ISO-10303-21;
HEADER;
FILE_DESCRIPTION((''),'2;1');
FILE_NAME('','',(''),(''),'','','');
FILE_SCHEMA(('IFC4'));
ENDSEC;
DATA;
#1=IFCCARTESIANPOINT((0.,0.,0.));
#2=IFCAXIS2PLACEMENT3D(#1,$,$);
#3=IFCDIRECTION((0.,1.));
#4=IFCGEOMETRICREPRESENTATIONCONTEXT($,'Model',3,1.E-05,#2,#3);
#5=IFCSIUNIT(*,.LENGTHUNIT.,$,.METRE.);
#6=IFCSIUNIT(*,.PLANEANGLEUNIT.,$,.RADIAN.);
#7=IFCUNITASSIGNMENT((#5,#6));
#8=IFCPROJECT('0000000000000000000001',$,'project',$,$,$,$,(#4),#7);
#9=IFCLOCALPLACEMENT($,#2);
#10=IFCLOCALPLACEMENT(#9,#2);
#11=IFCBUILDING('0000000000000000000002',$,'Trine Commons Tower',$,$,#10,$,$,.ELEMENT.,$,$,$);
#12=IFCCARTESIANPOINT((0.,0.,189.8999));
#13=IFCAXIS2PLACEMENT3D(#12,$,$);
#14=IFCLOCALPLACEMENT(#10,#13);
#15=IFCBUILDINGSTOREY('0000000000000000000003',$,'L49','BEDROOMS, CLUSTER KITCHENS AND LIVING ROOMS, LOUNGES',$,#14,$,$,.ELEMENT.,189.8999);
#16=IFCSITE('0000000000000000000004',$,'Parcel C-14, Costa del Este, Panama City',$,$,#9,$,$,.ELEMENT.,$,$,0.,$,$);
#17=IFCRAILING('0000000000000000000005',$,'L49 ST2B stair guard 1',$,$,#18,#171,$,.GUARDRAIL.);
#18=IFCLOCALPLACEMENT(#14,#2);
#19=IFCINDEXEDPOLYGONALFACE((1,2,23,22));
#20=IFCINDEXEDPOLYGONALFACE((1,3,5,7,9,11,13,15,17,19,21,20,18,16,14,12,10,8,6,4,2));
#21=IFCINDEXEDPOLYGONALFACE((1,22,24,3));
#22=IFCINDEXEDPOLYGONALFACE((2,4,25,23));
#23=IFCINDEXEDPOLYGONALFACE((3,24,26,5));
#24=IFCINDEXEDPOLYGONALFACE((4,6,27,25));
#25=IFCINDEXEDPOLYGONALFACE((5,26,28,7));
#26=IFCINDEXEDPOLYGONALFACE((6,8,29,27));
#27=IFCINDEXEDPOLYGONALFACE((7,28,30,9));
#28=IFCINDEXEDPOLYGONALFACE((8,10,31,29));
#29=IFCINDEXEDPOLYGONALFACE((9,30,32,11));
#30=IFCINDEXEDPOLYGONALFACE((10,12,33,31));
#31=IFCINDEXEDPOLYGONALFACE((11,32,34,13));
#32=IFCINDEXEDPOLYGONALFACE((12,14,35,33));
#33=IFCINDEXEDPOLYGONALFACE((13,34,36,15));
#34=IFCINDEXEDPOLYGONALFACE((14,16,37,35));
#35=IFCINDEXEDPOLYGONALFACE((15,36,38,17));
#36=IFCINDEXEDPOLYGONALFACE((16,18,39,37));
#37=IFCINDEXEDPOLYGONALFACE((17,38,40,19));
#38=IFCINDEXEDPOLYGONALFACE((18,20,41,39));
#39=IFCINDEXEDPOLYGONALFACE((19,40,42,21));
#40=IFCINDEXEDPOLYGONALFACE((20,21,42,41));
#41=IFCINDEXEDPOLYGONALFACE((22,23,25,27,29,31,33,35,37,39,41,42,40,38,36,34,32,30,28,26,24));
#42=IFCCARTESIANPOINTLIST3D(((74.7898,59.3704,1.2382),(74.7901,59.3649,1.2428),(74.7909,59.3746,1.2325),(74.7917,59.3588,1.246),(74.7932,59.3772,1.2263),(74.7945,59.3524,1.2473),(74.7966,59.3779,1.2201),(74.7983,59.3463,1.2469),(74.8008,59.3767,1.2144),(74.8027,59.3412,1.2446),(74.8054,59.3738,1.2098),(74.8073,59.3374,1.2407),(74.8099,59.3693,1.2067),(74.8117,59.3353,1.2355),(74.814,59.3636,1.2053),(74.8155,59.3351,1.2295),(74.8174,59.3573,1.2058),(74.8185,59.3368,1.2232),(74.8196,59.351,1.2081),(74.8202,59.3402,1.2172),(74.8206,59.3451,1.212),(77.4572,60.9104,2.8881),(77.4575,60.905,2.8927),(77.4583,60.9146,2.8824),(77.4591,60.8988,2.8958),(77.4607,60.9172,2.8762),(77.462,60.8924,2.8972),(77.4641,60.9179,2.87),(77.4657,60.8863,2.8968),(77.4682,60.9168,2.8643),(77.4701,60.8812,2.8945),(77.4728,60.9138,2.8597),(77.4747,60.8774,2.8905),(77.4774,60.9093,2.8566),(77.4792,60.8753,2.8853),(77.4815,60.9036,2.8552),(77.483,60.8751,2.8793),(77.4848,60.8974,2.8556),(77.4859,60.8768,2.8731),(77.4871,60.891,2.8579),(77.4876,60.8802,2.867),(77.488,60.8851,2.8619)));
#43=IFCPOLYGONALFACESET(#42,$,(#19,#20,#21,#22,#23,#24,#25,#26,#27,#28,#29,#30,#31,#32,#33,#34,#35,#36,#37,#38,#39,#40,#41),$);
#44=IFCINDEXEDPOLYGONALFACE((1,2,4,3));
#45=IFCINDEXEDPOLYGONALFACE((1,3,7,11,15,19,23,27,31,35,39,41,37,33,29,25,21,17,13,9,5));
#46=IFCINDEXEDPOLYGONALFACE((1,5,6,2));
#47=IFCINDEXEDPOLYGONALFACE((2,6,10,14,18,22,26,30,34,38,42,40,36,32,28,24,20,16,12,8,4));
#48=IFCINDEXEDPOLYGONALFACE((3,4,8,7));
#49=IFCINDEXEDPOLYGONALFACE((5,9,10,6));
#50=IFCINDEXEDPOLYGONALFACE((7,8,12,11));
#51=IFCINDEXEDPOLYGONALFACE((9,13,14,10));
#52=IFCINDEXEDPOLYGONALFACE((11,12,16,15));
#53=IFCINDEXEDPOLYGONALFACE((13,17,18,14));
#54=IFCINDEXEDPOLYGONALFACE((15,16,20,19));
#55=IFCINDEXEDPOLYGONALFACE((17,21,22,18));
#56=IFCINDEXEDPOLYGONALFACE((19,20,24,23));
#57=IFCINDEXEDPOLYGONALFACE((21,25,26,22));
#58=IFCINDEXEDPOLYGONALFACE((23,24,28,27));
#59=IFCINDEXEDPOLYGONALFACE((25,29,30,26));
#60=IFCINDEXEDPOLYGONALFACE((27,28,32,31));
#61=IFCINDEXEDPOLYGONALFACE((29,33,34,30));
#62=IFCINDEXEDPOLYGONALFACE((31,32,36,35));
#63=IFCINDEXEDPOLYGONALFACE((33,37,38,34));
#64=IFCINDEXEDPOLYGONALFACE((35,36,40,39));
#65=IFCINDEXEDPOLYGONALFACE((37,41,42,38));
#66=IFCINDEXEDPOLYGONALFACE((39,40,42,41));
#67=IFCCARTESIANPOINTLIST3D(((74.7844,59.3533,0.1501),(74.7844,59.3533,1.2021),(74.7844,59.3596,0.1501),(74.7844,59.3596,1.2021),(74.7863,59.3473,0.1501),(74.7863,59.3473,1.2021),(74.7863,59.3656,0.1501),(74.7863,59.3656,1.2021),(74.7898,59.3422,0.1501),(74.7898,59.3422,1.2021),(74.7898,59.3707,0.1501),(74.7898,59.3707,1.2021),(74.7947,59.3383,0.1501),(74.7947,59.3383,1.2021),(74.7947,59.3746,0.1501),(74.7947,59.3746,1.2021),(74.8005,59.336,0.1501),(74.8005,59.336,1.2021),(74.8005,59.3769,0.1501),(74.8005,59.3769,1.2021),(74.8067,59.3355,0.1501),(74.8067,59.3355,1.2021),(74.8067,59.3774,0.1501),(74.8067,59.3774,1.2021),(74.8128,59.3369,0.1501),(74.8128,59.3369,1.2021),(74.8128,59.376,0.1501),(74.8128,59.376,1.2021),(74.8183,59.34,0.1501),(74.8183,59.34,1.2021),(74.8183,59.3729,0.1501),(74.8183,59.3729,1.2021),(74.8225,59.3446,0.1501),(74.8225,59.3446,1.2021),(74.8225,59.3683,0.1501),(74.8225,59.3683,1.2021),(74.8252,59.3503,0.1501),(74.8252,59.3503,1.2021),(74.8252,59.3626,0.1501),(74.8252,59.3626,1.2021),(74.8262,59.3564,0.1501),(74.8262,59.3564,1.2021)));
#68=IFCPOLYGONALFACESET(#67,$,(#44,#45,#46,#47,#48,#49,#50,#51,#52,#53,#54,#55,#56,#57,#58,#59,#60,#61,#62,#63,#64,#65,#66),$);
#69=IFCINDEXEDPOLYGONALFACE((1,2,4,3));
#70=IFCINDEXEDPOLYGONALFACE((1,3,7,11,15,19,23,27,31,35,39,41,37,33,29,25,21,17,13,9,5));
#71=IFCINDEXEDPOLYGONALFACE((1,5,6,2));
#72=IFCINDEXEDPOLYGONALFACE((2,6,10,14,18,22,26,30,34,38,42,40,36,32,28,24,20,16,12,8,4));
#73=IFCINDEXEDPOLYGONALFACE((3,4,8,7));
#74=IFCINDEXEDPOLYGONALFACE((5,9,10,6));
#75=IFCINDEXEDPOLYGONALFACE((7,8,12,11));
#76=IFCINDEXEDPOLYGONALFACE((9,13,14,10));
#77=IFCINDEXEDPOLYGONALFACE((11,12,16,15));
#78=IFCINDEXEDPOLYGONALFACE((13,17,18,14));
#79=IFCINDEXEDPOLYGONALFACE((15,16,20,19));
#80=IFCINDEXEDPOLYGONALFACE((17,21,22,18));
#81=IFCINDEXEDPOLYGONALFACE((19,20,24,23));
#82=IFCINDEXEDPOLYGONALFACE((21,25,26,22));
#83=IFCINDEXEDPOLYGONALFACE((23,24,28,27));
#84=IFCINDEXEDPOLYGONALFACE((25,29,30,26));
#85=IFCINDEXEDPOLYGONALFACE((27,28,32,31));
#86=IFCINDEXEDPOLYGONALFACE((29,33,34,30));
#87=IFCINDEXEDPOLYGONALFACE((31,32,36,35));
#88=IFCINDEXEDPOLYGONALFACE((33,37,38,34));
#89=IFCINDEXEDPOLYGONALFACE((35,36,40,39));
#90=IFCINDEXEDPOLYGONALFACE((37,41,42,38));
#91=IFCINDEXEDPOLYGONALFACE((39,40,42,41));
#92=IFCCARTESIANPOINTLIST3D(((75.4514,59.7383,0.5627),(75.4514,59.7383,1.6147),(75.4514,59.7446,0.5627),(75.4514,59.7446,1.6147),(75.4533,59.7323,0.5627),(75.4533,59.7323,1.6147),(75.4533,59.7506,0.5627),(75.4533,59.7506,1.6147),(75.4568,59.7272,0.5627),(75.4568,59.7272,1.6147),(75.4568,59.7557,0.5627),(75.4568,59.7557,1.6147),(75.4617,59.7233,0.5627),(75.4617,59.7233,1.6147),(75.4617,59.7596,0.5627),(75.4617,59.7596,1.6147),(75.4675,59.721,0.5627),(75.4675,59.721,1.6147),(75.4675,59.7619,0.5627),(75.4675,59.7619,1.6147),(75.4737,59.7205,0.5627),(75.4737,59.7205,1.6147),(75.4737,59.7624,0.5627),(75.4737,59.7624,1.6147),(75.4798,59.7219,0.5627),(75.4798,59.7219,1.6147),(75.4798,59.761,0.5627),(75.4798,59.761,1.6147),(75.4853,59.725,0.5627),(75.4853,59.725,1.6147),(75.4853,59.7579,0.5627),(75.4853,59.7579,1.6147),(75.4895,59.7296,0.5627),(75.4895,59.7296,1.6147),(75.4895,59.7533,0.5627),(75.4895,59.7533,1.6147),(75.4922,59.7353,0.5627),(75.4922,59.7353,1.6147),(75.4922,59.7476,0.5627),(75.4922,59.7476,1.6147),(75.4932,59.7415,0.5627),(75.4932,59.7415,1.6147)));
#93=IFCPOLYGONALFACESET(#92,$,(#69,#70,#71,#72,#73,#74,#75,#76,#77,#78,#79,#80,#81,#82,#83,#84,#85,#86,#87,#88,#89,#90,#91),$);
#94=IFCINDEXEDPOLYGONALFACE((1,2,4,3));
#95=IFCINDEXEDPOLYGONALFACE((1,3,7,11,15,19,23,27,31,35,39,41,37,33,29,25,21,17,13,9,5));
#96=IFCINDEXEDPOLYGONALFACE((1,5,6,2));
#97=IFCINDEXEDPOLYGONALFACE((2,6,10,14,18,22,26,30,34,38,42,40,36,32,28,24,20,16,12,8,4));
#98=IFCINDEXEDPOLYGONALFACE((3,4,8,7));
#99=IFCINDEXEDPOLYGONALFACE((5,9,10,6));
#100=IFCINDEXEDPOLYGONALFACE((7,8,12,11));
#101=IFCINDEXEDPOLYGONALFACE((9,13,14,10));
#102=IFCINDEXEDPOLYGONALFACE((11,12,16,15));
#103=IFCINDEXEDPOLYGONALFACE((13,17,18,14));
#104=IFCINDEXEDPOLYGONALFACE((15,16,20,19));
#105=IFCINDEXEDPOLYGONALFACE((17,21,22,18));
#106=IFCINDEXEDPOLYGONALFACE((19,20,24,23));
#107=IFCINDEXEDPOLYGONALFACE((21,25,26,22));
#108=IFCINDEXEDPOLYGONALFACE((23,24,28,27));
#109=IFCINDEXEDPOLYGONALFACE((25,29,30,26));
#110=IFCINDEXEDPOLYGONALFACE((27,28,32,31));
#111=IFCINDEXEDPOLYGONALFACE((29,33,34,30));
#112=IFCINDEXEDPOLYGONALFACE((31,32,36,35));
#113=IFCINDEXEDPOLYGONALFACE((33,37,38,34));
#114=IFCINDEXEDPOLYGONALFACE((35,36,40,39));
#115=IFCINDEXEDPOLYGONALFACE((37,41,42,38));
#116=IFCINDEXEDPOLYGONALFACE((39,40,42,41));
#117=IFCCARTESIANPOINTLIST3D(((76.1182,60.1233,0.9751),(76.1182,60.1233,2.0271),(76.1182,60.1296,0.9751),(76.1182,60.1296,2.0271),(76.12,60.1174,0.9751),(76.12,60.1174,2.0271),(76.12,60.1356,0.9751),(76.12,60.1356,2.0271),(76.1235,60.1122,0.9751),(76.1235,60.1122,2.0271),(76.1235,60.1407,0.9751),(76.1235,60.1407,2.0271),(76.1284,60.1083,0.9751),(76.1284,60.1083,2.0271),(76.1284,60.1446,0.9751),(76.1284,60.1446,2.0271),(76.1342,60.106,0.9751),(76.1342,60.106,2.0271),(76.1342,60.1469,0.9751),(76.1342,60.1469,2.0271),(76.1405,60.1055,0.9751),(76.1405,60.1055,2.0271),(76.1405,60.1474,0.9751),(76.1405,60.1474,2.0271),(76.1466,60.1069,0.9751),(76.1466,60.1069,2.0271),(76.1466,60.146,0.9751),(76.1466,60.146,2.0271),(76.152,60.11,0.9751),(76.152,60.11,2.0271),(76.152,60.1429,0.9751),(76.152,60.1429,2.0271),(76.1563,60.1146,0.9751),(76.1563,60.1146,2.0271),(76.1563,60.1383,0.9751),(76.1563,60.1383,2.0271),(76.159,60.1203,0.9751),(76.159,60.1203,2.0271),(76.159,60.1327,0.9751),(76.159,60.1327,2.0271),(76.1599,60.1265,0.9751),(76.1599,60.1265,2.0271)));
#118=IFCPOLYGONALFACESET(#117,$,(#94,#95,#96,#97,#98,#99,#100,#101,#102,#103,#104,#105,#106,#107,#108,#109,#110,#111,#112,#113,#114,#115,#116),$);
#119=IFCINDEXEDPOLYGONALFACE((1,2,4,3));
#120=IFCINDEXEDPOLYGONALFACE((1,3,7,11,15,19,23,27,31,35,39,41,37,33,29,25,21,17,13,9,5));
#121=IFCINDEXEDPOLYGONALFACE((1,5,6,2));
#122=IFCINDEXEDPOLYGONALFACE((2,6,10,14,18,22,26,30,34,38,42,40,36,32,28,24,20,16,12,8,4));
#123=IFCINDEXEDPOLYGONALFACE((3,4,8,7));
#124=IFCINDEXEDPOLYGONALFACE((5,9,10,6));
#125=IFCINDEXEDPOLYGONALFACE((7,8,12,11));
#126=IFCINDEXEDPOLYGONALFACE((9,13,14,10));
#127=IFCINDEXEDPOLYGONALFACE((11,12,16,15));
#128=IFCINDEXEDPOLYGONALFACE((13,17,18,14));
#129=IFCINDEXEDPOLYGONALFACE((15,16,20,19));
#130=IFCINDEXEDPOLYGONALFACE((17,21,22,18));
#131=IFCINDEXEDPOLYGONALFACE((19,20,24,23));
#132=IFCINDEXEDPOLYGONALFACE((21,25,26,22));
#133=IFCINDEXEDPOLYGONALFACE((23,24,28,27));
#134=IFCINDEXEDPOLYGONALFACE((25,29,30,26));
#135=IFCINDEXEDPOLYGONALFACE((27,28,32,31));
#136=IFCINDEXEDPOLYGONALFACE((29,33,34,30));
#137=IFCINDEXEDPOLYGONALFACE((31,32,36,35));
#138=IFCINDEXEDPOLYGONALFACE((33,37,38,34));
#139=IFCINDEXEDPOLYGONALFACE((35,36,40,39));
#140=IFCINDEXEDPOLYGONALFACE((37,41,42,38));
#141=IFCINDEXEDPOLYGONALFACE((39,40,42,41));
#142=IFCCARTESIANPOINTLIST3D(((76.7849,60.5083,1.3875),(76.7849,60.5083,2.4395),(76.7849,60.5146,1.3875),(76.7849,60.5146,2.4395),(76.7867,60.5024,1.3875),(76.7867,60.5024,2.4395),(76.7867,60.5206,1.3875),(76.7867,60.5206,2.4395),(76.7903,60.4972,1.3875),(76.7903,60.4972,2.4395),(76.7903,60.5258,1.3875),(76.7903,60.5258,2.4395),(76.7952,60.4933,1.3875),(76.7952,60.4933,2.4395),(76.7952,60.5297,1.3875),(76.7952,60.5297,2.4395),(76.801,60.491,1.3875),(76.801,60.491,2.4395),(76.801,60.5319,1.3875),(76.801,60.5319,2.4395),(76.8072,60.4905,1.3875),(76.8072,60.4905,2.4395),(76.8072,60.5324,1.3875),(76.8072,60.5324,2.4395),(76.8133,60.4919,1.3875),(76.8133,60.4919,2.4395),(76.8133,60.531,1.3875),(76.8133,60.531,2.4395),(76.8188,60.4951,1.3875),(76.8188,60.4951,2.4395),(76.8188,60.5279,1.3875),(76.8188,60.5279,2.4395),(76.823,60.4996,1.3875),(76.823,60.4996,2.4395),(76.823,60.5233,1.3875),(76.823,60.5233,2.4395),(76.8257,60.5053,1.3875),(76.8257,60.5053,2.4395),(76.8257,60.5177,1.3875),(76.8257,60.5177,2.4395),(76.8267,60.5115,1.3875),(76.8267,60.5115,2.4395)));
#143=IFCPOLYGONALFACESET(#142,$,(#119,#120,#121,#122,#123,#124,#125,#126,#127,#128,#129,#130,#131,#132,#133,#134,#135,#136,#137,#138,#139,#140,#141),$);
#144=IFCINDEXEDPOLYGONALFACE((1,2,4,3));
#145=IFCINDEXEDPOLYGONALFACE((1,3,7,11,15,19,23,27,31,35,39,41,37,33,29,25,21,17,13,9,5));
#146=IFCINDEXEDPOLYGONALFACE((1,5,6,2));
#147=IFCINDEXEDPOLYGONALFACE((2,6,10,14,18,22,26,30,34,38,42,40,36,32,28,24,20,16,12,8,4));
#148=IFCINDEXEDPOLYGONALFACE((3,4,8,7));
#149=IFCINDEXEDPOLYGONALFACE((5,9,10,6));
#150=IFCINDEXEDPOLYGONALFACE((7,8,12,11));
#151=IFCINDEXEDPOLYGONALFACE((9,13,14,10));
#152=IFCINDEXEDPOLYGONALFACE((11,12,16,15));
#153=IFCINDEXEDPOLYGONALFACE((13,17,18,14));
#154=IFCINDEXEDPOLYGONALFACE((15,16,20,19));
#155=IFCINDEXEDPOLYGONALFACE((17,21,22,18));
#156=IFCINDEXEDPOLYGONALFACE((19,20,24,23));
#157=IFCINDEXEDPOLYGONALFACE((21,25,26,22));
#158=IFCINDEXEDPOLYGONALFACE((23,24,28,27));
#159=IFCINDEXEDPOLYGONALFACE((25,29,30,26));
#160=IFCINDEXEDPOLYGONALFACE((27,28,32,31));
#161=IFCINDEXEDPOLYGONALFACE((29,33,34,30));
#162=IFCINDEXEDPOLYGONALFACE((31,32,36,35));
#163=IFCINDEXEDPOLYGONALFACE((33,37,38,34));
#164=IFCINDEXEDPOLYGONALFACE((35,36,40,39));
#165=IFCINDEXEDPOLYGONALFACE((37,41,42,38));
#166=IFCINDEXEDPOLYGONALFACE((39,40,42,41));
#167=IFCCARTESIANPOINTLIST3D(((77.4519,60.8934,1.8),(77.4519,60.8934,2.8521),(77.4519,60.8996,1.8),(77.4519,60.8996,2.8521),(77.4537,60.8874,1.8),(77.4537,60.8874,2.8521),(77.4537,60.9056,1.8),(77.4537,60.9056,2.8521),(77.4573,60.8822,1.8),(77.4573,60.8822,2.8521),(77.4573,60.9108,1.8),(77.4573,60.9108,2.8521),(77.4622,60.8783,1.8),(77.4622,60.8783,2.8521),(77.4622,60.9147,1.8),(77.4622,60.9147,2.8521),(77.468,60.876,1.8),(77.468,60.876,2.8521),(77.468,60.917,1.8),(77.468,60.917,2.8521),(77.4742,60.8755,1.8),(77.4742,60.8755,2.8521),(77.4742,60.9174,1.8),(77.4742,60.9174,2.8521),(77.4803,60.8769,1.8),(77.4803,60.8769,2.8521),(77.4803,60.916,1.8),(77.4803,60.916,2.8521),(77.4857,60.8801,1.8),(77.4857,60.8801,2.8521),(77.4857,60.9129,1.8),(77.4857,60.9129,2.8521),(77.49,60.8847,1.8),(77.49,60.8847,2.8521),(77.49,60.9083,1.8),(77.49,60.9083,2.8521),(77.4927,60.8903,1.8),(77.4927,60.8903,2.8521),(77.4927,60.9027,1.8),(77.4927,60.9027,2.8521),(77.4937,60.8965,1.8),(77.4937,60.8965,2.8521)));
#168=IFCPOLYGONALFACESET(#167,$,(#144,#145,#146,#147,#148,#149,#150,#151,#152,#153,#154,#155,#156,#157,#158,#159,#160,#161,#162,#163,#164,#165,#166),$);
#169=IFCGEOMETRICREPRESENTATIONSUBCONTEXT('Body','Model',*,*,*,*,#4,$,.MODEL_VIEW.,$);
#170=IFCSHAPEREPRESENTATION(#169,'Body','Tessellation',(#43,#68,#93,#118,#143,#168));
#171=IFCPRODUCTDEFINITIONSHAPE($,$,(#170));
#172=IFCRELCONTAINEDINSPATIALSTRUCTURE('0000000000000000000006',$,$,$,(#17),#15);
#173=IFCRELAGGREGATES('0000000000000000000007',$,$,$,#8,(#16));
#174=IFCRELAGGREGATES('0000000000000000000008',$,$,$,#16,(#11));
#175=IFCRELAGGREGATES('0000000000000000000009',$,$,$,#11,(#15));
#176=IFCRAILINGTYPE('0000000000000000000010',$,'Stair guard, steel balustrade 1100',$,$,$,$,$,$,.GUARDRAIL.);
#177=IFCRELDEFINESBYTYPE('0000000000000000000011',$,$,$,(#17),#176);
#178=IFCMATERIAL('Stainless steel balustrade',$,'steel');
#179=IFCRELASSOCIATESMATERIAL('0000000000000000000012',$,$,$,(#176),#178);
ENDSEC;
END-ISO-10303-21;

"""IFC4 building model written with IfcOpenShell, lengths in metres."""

from ifc_helpers import new_model, si_unit, direction, frame, origin, origin_2d, place, context, subcontext, project, spatial, circle, extrude, material, type_object, element, save


model = new_model("IFC4")

# Units and contexts
model_context = context("Model", 3, precision=1e-05, world=origin(), true_north=direction((0.0, 1.0)))
body_context = subcontext(model_context, "Body", "Model", "MODEL_VIEW")
ifc_project = project(units=[si_unit("LENGTHUNIT", "METRE"), si_unit("PLANEANGLEUNIT", "RADIAN")], contexts=[model_context])

# Site, building, storey
site_placement = place(None, origin())
site = spatial("IfcSite", under=ifc_project, at=site_placement, Name="Parcel C-14, Costa del Este, Panama City", CompositionType="ELEMENT", RefElevation=0.0)
building_placement = place(site_placement, origin())
building = spatial("IfcBuilding", under=site, at=building_placement, Name="Trine Commons Tower", CompositionType="ELEMENT")
storey_placement = place(building_placement, frame((0.0, 0.0, 189.8999)))
storey = spatial("IfcBuildingStorey", under=building, at=storey_placement, Name="L49", Description="BEDROOMS, CLUSTER KITCHENS AND LIVING ROOMS, LOUNGES", CompositionType="ELEMENT", Elevation=189.8999)

# Railing
ifc_material_1 = material(Name="Stainless steel balustrade", Category="steel")
railing_type_1 = type_object("IfcRailingType", Name="Stair guard, steel balustrade 1100", PredefinedType="GUARDRAIL", material=ifc_material_1)
railing_1_placement = place(storey_placement, frame((74.8052, 59.3564, 0.1501)))
element("IfcRailing", 1, at=railing_1_placement, inside=storey, type_object=railing_type_1, Name="L49 ST2B stair guard 1", PredefinedType="GUARDRAIL", context=body_context, shape_type="SweptSolid", body=[
    extrude(circle(Radius=0.0239, at=origin_2d()), frame((0.0, 0.0, 1.0762), z_axis=(0.763405, 0.440743, 0.472185), x_axis=(-0.499992, 0.86603, 0.0)), (0.0, 0.0, 1.0), 3.4941),
    extrude(circle(Radius=0.021, at=origin_2d()), origin(), (0.0, 0.0, 1.0), 1.052),
    extrude(circle(Radius=0.021, at=origin_2d()), frame((0.667, 0.385, 0.4126)), (0.0, 0.0, 1.0), 1.052),
    extrude(circle(Radius=0.021, at=origin_2d()), frame((1.3337, 0.77, 0.825)), (0.0, 0.0, 1.0), 1.052),
    extrude(circle(Radius=0.021, at=origin_2d()), frame((2.0005, 1.155, 1.2373)), (0.0, 0.0, 1.0), 1.052),
    extrude(circle(Radius=0.021, at=origin_2d()), frame((2.6675, 1.54, 1.6499)), (0.0, 0.0, 1.0), 1.052),
])

save(model, "model.ifc")
